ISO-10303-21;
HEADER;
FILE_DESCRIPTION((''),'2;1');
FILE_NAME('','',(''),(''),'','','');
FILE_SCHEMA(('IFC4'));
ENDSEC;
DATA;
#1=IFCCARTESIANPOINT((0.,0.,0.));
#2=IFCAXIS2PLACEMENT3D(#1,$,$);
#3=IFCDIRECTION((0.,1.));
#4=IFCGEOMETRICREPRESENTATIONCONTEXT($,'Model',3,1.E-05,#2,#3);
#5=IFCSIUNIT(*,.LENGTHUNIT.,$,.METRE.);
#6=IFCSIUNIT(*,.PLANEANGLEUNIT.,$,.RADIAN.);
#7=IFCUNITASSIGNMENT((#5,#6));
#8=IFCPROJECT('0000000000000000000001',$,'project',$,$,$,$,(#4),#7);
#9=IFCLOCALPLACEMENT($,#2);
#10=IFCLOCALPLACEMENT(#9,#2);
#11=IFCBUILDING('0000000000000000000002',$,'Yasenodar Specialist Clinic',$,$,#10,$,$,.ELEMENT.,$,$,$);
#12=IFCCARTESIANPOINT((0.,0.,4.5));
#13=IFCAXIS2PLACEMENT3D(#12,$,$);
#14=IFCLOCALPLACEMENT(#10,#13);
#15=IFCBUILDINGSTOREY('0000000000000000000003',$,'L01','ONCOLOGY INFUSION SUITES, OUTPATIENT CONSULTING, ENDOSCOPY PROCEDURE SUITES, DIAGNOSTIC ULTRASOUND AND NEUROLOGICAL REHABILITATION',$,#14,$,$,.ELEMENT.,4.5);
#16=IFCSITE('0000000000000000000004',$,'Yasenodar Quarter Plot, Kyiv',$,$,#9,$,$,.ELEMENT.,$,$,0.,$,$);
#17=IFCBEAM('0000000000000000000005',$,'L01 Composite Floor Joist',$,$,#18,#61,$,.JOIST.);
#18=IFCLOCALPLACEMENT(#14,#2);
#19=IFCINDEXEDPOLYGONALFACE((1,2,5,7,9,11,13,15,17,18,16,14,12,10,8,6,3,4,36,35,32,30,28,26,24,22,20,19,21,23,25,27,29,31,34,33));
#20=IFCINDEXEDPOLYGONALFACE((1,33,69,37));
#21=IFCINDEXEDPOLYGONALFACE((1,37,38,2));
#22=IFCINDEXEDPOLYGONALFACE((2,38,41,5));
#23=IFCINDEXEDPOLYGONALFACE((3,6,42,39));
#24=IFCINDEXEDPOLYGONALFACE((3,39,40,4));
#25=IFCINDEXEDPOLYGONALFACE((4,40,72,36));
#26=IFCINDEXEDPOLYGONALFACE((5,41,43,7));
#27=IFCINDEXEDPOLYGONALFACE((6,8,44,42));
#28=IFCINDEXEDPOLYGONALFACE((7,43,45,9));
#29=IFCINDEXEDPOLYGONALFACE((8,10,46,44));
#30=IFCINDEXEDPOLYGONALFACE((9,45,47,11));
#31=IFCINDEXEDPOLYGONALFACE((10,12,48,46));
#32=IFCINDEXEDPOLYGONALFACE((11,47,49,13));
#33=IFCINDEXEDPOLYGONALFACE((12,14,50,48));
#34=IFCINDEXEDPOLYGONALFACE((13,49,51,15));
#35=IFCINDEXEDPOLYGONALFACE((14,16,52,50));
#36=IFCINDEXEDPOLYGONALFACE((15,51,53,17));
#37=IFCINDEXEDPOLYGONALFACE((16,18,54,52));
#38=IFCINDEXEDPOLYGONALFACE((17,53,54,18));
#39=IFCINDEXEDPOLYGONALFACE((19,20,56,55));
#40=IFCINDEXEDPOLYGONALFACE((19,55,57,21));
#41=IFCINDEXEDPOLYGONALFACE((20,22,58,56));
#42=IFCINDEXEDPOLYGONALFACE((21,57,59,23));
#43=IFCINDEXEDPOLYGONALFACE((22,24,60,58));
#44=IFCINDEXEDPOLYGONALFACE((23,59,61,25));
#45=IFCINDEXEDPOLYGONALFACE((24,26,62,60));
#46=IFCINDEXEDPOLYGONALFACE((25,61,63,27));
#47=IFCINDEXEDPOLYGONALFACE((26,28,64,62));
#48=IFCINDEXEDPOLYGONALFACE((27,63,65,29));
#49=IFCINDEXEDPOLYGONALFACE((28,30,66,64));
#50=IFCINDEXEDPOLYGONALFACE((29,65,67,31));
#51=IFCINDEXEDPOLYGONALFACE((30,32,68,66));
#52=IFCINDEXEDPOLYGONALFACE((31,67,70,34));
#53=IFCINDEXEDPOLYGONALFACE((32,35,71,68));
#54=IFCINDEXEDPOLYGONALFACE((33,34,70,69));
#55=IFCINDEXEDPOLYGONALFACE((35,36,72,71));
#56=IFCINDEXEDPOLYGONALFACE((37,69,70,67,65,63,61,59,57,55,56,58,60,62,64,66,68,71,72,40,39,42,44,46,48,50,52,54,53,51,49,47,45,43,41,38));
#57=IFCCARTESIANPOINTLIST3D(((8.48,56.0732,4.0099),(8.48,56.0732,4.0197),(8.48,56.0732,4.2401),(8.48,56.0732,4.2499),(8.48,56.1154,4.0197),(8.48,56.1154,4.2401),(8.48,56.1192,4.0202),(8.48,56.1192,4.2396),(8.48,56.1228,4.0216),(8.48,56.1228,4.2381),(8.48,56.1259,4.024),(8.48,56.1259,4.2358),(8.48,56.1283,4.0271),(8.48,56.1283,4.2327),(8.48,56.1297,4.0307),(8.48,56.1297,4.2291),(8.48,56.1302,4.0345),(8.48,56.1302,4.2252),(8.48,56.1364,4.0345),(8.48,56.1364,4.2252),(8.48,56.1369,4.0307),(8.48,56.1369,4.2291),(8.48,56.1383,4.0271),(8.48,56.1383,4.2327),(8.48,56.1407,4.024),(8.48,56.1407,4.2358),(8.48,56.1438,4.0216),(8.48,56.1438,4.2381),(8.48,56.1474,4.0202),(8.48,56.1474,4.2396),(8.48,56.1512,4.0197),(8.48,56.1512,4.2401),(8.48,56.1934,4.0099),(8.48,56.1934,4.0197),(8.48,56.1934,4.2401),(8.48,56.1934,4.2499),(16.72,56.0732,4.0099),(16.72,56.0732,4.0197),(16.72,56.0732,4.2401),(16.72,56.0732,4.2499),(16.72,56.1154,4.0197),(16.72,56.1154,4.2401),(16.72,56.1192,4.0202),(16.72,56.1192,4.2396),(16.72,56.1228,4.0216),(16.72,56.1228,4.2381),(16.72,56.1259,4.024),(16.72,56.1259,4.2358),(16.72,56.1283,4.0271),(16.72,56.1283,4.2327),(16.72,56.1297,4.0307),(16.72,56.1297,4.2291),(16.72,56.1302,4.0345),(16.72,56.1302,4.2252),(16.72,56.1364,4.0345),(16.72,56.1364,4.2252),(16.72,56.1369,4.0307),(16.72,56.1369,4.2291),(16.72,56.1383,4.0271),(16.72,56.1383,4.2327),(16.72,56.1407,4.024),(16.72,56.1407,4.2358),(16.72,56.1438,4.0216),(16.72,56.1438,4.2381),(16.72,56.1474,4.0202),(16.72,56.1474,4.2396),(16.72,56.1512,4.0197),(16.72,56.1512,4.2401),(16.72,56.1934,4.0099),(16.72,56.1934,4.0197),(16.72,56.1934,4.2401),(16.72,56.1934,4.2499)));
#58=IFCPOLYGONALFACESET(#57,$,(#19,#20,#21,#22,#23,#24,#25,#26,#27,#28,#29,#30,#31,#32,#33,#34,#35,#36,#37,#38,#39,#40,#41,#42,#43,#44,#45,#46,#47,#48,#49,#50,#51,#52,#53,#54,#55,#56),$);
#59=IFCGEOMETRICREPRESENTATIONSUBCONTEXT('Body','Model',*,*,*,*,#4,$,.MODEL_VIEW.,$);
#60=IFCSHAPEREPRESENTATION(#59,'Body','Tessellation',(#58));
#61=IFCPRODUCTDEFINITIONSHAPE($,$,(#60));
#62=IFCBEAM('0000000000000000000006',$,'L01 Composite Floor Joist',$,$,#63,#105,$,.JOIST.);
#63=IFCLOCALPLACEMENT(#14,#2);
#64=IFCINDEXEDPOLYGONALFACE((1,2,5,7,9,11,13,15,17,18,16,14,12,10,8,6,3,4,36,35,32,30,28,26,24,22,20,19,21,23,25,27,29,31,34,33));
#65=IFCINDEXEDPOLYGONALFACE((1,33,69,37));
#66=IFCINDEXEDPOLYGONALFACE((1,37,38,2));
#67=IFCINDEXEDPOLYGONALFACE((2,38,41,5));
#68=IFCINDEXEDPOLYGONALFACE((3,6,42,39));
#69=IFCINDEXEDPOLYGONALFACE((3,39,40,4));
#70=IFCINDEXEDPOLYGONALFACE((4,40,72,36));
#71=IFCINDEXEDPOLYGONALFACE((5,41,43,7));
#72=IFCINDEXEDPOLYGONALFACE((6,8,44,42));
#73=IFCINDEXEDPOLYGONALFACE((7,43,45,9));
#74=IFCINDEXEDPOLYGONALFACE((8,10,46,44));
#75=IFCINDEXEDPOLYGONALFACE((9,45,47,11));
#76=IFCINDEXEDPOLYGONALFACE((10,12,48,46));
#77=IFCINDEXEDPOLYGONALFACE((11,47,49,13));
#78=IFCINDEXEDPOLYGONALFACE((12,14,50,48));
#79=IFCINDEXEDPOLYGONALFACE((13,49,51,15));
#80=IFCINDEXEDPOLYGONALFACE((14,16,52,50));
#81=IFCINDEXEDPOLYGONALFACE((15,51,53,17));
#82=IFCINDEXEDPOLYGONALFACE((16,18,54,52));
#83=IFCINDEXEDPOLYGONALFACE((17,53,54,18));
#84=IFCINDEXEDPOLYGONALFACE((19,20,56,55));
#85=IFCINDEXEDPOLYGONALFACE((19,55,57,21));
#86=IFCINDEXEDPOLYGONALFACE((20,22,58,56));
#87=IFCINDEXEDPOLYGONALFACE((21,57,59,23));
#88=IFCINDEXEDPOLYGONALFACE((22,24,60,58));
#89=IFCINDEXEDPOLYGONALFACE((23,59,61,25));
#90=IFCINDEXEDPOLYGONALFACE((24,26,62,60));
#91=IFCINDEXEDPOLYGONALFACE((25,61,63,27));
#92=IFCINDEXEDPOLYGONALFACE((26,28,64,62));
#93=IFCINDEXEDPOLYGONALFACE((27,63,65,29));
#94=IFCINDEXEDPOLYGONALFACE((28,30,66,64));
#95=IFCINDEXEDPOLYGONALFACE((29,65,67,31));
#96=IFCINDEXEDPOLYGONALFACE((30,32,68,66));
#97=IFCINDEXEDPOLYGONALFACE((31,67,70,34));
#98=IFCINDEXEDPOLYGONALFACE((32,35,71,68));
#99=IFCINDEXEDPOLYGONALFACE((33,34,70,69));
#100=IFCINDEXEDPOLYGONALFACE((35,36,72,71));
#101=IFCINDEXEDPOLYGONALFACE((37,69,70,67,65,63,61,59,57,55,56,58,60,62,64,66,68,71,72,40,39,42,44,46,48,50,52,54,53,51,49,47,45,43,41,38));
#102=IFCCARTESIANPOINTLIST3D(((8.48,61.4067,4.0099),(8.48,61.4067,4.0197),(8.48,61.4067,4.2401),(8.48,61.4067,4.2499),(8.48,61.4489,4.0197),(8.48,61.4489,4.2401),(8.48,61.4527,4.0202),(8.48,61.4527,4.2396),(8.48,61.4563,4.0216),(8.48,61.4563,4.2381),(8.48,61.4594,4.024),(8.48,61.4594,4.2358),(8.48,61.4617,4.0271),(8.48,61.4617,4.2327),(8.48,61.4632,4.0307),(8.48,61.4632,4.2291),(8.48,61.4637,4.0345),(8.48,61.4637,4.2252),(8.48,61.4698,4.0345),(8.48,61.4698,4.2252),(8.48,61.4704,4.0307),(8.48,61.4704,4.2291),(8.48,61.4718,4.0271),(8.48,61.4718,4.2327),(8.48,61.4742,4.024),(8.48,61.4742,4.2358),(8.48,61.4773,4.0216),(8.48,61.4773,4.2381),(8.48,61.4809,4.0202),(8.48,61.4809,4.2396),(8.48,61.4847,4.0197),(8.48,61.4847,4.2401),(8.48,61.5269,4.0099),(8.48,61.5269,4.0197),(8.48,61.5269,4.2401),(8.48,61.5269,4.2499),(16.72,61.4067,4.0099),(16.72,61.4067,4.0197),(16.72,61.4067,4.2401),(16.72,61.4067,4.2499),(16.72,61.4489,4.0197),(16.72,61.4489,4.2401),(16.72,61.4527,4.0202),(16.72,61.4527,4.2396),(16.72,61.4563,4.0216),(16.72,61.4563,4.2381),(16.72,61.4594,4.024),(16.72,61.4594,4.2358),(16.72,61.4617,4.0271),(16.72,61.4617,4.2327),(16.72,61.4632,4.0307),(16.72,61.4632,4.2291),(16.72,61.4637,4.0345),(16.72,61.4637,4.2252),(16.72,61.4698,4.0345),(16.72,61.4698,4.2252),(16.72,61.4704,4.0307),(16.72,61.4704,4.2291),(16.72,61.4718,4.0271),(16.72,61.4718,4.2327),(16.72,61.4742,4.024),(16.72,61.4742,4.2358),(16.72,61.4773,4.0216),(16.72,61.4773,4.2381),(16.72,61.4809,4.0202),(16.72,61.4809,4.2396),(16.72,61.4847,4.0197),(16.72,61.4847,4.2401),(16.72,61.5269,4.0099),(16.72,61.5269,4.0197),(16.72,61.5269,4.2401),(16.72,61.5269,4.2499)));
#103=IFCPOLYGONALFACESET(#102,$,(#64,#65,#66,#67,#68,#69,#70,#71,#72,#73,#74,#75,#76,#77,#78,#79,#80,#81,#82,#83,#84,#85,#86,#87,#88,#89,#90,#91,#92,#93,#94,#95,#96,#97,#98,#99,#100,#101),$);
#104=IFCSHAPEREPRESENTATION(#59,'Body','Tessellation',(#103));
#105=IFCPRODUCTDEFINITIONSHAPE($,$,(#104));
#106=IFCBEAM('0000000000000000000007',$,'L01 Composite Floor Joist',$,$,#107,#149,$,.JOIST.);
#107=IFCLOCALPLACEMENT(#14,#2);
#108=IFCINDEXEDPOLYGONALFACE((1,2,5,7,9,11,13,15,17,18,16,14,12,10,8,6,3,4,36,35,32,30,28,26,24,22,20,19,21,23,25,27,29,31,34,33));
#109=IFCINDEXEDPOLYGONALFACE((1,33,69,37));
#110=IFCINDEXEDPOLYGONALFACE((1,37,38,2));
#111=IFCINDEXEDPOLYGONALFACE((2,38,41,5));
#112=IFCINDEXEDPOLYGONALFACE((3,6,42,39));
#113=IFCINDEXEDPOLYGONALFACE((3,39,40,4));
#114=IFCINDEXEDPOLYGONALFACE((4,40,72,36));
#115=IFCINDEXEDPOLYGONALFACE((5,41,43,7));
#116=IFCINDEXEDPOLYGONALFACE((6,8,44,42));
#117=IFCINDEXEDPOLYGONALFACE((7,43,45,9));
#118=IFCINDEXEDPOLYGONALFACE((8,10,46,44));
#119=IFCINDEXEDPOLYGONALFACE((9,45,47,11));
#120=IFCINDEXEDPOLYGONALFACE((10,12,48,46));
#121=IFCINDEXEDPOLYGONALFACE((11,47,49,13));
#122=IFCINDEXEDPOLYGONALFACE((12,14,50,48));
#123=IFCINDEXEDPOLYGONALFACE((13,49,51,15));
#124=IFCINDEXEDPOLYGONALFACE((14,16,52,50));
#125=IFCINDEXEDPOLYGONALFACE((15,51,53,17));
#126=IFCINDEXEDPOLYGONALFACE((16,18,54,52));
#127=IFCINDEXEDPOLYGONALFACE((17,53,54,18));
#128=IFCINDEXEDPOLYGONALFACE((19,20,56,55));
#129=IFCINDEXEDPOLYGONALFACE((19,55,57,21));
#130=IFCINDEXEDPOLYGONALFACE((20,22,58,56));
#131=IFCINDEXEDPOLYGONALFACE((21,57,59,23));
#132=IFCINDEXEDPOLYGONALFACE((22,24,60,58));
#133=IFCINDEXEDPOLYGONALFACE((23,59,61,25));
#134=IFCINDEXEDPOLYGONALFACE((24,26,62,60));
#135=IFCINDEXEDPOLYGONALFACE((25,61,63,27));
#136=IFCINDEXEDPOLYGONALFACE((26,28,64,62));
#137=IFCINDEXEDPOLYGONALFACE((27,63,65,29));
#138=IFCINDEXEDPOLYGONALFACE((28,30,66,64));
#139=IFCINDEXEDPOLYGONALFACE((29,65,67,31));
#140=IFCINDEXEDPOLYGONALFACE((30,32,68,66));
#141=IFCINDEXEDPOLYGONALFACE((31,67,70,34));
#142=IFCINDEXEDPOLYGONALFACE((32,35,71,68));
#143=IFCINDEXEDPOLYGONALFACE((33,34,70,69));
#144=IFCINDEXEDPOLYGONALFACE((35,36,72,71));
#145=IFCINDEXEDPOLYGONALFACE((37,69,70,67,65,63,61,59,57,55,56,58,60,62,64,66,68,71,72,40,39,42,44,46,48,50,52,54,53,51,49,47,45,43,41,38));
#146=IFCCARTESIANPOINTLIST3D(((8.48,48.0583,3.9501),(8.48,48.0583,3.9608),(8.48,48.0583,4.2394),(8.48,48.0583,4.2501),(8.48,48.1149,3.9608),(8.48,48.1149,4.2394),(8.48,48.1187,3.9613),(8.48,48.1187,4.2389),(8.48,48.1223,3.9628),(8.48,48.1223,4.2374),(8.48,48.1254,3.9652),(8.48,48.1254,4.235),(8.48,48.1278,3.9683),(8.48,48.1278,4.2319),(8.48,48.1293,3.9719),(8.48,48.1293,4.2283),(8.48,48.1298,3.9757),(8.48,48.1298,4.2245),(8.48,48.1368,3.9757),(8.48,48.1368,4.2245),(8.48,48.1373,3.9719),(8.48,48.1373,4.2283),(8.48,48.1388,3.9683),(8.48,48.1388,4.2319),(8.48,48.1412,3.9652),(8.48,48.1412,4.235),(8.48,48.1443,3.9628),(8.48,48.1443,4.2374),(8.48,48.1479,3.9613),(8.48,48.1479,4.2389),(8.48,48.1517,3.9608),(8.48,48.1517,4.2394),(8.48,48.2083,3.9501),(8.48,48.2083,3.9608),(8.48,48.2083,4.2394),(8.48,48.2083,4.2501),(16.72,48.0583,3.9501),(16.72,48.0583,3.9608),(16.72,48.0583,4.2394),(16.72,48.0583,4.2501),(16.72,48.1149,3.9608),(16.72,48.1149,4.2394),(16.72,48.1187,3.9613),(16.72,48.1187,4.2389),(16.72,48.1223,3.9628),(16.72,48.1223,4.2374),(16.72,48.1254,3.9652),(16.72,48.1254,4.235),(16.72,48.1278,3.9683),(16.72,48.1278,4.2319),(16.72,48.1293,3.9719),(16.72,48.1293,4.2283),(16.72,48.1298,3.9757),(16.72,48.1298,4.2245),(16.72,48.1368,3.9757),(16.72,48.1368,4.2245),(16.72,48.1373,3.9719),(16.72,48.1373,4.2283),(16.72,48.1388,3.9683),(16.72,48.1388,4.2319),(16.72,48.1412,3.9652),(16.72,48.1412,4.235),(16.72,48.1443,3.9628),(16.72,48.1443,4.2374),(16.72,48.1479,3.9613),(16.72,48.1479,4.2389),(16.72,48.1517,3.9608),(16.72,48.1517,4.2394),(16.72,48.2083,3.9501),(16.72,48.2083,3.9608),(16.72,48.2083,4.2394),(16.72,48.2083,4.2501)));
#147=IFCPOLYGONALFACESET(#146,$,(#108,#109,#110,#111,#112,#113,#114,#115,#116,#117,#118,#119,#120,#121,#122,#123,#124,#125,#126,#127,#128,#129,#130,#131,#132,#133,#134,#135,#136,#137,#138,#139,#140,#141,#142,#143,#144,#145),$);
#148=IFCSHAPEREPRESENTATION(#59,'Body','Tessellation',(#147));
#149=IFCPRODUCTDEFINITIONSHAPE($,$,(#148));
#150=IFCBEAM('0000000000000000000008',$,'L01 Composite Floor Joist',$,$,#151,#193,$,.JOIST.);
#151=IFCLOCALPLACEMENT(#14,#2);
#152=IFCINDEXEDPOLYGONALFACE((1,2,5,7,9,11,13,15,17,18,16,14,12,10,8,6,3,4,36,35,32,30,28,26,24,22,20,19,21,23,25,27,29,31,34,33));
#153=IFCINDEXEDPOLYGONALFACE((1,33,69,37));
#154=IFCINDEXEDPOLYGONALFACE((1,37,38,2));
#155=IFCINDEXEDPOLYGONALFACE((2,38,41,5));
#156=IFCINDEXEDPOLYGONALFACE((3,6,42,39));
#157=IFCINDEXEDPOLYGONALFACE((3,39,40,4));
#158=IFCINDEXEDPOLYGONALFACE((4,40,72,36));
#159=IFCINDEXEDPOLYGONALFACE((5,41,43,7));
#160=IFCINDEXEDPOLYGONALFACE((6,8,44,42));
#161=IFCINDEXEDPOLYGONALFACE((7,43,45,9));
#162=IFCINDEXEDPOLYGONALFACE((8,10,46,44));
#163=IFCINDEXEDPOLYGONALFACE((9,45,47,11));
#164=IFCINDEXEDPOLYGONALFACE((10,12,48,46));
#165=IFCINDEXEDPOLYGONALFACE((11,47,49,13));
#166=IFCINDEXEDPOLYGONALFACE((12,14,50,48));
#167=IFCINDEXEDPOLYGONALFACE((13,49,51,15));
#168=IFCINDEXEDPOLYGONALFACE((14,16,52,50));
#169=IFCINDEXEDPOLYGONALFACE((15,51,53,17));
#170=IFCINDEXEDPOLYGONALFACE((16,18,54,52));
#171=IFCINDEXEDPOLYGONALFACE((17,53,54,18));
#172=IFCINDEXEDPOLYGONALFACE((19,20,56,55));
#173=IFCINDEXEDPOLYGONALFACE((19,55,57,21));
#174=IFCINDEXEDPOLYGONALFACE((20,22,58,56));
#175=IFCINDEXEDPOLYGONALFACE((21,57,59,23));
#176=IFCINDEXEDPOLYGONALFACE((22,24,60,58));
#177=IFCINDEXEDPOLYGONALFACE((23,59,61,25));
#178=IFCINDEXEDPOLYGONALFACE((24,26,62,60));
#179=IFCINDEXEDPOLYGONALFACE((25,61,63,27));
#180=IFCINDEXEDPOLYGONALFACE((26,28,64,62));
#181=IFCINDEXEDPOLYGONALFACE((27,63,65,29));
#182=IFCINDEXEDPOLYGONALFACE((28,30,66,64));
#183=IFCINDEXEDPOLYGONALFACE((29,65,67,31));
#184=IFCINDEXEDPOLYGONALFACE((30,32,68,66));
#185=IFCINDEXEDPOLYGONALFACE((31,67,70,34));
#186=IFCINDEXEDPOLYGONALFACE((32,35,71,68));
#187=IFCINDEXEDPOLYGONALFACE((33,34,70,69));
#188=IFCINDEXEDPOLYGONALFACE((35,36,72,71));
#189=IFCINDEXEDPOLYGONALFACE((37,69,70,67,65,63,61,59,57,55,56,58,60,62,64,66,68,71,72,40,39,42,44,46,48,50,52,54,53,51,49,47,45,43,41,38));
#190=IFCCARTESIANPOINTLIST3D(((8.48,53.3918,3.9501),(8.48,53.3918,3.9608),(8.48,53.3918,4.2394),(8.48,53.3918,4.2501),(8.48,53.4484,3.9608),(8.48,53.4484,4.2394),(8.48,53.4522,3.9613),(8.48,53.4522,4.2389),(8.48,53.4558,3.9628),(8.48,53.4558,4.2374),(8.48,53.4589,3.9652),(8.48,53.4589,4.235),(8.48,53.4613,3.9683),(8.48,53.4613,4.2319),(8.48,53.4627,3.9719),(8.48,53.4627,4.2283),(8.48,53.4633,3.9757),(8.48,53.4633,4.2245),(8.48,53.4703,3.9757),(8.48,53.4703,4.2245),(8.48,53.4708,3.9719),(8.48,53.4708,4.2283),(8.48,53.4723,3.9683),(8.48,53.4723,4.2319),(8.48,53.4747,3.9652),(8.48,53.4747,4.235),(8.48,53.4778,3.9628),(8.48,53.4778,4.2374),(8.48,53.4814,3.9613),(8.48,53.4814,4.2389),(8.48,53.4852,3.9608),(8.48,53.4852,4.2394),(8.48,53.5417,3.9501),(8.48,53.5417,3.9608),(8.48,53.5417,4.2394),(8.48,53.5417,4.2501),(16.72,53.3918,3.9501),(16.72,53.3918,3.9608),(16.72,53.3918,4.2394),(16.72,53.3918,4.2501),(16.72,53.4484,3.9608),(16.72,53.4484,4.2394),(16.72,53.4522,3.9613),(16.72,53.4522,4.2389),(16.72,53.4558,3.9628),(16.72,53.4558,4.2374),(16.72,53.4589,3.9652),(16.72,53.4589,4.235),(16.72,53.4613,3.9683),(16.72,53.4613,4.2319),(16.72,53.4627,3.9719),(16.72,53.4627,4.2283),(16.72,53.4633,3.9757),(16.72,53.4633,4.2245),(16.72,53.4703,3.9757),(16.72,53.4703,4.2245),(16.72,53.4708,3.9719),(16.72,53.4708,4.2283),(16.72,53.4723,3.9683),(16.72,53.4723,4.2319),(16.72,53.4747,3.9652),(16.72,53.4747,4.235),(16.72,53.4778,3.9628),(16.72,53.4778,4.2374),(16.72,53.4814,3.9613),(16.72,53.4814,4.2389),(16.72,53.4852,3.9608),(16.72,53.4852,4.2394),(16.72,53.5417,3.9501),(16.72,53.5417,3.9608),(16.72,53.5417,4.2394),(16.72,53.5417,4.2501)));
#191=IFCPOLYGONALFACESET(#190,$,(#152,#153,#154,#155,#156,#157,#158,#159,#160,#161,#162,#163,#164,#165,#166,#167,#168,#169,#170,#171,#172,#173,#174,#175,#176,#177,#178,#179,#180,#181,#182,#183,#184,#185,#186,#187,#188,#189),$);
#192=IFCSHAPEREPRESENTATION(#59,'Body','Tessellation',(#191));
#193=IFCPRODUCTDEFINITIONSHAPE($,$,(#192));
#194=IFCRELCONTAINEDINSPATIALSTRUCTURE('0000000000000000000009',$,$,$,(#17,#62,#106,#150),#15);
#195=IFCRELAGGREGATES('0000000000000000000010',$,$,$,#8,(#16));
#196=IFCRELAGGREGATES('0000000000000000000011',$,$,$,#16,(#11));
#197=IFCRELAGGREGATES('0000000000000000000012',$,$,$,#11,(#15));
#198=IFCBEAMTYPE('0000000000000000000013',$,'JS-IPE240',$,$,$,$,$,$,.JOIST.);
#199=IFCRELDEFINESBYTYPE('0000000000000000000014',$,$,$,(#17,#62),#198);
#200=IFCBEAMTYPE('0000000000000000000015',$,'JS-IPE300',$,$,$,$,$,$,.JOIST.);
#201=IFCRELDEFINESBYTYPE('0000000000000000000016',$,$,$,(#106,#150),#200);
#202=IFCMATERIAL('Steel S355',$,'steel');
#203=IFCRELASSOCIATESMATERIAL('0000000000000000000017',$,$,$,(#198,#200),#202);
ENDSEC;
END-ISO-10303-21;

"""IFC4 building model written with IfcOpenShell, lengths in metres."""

from ifc_helpers import new_model, si_unit, direction, frame, origin, origin_2d, place, context, subcontext, project, spatial, i_section, extrude, material, material_profile, profile_set, type_object, element, save


model = new_model("IFC4")

# Units and contexts
model_context = context("Model", 3, precision=1e-05, world=origin(), true_north=direction((0.0, 1.0)))
body_context = subcontext(model_context, "Body", "Model", "MODEL_VIEW")
ifc_project = project(units=[si_unit("LENGTHUNIT", "METRE"), si_unit("PLANEANGLEUNIT", "RADIAN")], contexts=[model_context])

# Site, building, storey
site_placement = place(None, origin())
site = spatial("IfcSite", under=ifc_project, at=site_placement, Name="Yasenodar Quarter Plot, Kyiv", CompositionType="ELEMENT", RefElevation=0.0)
building_placement = place(site_placement, origin())
building = spatial("IfcBuilding", under=site, at=building_placement, Name="Yasenodar Specialist Clinic", CompositionType="ELEMENT")
storey_placement = place(building_placement, frame((0.0, 0.0, 4.5)))
storey = spatial("IfcBuildingStorey", under=building, at=storey_placement, Name="L01", Description="ONCOLOGY INFUSION SUITES, OUTPATIENT CONSULTING, ENDOSCOPY PROCEDURE SUITES, DIAGNOSTIC ULTRASOUND AND NEUROLOGICAL REHABILITATION", CompositionType="ELEMENT", Elevation=4.5)

# Shared definitions
ifc_material_1 = material(Name="Steel S355", Category="steel")

# Beams
ifc_material_profile_1 = material_profile(ifc_material_1, i_section(OverallWidth=0.1201, OverallDepth=0.24, WebThickness=0.0061, FlangeThickness=0.0098, FilletRadius=0.0149, at=origin_2d()), Name="IPE 240")
ifc_profile_set_1 = profile_set([ifc_material_profile_1], Name="Steel S355")
beam_type_1 = type_object("IfcBeamType", Name="JS-IPE240", PredefinedType="JOIST", material=ifc_profile_set_1)
for number, where, z_axis, x_axis, name in (
    (1, (8.48, 56.1333, 4.1299), (1.0, 0.0, 0.0), (0.0, 1.0, 0.0), "L01 Composite Floor Joist"),
    (2, (8.48, 61.4668, 4.1299), (1.0, 0.0, 0.0), (0.0, 1.0, 0.0), "L01 Composite Floor Joist"),
):
    element("IfcBeam", number, at=place(storey_placement, frame(where, z_axis=z_axis, x_axis=x_axis)), inside=storey, type_object=beam_type_1, Name=name, PredefinedType="JOIST", context=body_context, shape_type="SweptSolid", body=[
        extrude(i_section(OverallWidth=0.1201, OverallDepth=0.24, WebThickness=0.0061, FlangeThickness=0.0098, FilletRadius=0.0149, at=origin_2d()), origin(), (0.0, 0.0, 1.0), 8.24),
    ])
ifc_material_profile_2 = material_profile(ifc_material_1, i_section(OverallWidth=0.1499, OverallDepth=0.3, WebThickness=0.0071, FlangeThickness=0.0107, FilletRadius=0.0149, at=origin_2d()), Name="IPE 300")
ifc_profile_set_2 = profile_set([ifc_material_profile_2], Name="Steel S355")
beam_type_2 = type_object("IfcBeamType", Name="JS-IPE300", PredefinedType="JOIST", material=ifc_profile_set_2)
for number, where, z_axis, x_axis, name in (
    (3, (8.48, 48.1333, 4.1001), (1.0, 0.0, 0.0), (0.0, 1.0, 0.0), "L01 Composite Floor Joist"),
    (4, (8.48, 53.4668, 4.1001), (1.0, 0.0, 0.0), (0.0, 1.0, 0.0), "L01 Composite Floor Joist"),
):
    element("IfcBeam", number, at=place(storey_placement, frame(where, z_axis=z_axis, x_axis=x_axis)), inside=storey, type_object=beam_type_2, Name=name, PredefinedType="JOIST", context=body_context, shape_type="SweptSolid", body=[
        extrude(i_section(OverallWidth=0.1499, OverallDepth=0.3, WebThickness=0.0071, FlangeThickness=0.0107, FilletRadius=0.0149, at=origin_2d()), origin(), (0.0, 0.0, 1.0), 8.24),
    ])

save(model, "model.ifc")
